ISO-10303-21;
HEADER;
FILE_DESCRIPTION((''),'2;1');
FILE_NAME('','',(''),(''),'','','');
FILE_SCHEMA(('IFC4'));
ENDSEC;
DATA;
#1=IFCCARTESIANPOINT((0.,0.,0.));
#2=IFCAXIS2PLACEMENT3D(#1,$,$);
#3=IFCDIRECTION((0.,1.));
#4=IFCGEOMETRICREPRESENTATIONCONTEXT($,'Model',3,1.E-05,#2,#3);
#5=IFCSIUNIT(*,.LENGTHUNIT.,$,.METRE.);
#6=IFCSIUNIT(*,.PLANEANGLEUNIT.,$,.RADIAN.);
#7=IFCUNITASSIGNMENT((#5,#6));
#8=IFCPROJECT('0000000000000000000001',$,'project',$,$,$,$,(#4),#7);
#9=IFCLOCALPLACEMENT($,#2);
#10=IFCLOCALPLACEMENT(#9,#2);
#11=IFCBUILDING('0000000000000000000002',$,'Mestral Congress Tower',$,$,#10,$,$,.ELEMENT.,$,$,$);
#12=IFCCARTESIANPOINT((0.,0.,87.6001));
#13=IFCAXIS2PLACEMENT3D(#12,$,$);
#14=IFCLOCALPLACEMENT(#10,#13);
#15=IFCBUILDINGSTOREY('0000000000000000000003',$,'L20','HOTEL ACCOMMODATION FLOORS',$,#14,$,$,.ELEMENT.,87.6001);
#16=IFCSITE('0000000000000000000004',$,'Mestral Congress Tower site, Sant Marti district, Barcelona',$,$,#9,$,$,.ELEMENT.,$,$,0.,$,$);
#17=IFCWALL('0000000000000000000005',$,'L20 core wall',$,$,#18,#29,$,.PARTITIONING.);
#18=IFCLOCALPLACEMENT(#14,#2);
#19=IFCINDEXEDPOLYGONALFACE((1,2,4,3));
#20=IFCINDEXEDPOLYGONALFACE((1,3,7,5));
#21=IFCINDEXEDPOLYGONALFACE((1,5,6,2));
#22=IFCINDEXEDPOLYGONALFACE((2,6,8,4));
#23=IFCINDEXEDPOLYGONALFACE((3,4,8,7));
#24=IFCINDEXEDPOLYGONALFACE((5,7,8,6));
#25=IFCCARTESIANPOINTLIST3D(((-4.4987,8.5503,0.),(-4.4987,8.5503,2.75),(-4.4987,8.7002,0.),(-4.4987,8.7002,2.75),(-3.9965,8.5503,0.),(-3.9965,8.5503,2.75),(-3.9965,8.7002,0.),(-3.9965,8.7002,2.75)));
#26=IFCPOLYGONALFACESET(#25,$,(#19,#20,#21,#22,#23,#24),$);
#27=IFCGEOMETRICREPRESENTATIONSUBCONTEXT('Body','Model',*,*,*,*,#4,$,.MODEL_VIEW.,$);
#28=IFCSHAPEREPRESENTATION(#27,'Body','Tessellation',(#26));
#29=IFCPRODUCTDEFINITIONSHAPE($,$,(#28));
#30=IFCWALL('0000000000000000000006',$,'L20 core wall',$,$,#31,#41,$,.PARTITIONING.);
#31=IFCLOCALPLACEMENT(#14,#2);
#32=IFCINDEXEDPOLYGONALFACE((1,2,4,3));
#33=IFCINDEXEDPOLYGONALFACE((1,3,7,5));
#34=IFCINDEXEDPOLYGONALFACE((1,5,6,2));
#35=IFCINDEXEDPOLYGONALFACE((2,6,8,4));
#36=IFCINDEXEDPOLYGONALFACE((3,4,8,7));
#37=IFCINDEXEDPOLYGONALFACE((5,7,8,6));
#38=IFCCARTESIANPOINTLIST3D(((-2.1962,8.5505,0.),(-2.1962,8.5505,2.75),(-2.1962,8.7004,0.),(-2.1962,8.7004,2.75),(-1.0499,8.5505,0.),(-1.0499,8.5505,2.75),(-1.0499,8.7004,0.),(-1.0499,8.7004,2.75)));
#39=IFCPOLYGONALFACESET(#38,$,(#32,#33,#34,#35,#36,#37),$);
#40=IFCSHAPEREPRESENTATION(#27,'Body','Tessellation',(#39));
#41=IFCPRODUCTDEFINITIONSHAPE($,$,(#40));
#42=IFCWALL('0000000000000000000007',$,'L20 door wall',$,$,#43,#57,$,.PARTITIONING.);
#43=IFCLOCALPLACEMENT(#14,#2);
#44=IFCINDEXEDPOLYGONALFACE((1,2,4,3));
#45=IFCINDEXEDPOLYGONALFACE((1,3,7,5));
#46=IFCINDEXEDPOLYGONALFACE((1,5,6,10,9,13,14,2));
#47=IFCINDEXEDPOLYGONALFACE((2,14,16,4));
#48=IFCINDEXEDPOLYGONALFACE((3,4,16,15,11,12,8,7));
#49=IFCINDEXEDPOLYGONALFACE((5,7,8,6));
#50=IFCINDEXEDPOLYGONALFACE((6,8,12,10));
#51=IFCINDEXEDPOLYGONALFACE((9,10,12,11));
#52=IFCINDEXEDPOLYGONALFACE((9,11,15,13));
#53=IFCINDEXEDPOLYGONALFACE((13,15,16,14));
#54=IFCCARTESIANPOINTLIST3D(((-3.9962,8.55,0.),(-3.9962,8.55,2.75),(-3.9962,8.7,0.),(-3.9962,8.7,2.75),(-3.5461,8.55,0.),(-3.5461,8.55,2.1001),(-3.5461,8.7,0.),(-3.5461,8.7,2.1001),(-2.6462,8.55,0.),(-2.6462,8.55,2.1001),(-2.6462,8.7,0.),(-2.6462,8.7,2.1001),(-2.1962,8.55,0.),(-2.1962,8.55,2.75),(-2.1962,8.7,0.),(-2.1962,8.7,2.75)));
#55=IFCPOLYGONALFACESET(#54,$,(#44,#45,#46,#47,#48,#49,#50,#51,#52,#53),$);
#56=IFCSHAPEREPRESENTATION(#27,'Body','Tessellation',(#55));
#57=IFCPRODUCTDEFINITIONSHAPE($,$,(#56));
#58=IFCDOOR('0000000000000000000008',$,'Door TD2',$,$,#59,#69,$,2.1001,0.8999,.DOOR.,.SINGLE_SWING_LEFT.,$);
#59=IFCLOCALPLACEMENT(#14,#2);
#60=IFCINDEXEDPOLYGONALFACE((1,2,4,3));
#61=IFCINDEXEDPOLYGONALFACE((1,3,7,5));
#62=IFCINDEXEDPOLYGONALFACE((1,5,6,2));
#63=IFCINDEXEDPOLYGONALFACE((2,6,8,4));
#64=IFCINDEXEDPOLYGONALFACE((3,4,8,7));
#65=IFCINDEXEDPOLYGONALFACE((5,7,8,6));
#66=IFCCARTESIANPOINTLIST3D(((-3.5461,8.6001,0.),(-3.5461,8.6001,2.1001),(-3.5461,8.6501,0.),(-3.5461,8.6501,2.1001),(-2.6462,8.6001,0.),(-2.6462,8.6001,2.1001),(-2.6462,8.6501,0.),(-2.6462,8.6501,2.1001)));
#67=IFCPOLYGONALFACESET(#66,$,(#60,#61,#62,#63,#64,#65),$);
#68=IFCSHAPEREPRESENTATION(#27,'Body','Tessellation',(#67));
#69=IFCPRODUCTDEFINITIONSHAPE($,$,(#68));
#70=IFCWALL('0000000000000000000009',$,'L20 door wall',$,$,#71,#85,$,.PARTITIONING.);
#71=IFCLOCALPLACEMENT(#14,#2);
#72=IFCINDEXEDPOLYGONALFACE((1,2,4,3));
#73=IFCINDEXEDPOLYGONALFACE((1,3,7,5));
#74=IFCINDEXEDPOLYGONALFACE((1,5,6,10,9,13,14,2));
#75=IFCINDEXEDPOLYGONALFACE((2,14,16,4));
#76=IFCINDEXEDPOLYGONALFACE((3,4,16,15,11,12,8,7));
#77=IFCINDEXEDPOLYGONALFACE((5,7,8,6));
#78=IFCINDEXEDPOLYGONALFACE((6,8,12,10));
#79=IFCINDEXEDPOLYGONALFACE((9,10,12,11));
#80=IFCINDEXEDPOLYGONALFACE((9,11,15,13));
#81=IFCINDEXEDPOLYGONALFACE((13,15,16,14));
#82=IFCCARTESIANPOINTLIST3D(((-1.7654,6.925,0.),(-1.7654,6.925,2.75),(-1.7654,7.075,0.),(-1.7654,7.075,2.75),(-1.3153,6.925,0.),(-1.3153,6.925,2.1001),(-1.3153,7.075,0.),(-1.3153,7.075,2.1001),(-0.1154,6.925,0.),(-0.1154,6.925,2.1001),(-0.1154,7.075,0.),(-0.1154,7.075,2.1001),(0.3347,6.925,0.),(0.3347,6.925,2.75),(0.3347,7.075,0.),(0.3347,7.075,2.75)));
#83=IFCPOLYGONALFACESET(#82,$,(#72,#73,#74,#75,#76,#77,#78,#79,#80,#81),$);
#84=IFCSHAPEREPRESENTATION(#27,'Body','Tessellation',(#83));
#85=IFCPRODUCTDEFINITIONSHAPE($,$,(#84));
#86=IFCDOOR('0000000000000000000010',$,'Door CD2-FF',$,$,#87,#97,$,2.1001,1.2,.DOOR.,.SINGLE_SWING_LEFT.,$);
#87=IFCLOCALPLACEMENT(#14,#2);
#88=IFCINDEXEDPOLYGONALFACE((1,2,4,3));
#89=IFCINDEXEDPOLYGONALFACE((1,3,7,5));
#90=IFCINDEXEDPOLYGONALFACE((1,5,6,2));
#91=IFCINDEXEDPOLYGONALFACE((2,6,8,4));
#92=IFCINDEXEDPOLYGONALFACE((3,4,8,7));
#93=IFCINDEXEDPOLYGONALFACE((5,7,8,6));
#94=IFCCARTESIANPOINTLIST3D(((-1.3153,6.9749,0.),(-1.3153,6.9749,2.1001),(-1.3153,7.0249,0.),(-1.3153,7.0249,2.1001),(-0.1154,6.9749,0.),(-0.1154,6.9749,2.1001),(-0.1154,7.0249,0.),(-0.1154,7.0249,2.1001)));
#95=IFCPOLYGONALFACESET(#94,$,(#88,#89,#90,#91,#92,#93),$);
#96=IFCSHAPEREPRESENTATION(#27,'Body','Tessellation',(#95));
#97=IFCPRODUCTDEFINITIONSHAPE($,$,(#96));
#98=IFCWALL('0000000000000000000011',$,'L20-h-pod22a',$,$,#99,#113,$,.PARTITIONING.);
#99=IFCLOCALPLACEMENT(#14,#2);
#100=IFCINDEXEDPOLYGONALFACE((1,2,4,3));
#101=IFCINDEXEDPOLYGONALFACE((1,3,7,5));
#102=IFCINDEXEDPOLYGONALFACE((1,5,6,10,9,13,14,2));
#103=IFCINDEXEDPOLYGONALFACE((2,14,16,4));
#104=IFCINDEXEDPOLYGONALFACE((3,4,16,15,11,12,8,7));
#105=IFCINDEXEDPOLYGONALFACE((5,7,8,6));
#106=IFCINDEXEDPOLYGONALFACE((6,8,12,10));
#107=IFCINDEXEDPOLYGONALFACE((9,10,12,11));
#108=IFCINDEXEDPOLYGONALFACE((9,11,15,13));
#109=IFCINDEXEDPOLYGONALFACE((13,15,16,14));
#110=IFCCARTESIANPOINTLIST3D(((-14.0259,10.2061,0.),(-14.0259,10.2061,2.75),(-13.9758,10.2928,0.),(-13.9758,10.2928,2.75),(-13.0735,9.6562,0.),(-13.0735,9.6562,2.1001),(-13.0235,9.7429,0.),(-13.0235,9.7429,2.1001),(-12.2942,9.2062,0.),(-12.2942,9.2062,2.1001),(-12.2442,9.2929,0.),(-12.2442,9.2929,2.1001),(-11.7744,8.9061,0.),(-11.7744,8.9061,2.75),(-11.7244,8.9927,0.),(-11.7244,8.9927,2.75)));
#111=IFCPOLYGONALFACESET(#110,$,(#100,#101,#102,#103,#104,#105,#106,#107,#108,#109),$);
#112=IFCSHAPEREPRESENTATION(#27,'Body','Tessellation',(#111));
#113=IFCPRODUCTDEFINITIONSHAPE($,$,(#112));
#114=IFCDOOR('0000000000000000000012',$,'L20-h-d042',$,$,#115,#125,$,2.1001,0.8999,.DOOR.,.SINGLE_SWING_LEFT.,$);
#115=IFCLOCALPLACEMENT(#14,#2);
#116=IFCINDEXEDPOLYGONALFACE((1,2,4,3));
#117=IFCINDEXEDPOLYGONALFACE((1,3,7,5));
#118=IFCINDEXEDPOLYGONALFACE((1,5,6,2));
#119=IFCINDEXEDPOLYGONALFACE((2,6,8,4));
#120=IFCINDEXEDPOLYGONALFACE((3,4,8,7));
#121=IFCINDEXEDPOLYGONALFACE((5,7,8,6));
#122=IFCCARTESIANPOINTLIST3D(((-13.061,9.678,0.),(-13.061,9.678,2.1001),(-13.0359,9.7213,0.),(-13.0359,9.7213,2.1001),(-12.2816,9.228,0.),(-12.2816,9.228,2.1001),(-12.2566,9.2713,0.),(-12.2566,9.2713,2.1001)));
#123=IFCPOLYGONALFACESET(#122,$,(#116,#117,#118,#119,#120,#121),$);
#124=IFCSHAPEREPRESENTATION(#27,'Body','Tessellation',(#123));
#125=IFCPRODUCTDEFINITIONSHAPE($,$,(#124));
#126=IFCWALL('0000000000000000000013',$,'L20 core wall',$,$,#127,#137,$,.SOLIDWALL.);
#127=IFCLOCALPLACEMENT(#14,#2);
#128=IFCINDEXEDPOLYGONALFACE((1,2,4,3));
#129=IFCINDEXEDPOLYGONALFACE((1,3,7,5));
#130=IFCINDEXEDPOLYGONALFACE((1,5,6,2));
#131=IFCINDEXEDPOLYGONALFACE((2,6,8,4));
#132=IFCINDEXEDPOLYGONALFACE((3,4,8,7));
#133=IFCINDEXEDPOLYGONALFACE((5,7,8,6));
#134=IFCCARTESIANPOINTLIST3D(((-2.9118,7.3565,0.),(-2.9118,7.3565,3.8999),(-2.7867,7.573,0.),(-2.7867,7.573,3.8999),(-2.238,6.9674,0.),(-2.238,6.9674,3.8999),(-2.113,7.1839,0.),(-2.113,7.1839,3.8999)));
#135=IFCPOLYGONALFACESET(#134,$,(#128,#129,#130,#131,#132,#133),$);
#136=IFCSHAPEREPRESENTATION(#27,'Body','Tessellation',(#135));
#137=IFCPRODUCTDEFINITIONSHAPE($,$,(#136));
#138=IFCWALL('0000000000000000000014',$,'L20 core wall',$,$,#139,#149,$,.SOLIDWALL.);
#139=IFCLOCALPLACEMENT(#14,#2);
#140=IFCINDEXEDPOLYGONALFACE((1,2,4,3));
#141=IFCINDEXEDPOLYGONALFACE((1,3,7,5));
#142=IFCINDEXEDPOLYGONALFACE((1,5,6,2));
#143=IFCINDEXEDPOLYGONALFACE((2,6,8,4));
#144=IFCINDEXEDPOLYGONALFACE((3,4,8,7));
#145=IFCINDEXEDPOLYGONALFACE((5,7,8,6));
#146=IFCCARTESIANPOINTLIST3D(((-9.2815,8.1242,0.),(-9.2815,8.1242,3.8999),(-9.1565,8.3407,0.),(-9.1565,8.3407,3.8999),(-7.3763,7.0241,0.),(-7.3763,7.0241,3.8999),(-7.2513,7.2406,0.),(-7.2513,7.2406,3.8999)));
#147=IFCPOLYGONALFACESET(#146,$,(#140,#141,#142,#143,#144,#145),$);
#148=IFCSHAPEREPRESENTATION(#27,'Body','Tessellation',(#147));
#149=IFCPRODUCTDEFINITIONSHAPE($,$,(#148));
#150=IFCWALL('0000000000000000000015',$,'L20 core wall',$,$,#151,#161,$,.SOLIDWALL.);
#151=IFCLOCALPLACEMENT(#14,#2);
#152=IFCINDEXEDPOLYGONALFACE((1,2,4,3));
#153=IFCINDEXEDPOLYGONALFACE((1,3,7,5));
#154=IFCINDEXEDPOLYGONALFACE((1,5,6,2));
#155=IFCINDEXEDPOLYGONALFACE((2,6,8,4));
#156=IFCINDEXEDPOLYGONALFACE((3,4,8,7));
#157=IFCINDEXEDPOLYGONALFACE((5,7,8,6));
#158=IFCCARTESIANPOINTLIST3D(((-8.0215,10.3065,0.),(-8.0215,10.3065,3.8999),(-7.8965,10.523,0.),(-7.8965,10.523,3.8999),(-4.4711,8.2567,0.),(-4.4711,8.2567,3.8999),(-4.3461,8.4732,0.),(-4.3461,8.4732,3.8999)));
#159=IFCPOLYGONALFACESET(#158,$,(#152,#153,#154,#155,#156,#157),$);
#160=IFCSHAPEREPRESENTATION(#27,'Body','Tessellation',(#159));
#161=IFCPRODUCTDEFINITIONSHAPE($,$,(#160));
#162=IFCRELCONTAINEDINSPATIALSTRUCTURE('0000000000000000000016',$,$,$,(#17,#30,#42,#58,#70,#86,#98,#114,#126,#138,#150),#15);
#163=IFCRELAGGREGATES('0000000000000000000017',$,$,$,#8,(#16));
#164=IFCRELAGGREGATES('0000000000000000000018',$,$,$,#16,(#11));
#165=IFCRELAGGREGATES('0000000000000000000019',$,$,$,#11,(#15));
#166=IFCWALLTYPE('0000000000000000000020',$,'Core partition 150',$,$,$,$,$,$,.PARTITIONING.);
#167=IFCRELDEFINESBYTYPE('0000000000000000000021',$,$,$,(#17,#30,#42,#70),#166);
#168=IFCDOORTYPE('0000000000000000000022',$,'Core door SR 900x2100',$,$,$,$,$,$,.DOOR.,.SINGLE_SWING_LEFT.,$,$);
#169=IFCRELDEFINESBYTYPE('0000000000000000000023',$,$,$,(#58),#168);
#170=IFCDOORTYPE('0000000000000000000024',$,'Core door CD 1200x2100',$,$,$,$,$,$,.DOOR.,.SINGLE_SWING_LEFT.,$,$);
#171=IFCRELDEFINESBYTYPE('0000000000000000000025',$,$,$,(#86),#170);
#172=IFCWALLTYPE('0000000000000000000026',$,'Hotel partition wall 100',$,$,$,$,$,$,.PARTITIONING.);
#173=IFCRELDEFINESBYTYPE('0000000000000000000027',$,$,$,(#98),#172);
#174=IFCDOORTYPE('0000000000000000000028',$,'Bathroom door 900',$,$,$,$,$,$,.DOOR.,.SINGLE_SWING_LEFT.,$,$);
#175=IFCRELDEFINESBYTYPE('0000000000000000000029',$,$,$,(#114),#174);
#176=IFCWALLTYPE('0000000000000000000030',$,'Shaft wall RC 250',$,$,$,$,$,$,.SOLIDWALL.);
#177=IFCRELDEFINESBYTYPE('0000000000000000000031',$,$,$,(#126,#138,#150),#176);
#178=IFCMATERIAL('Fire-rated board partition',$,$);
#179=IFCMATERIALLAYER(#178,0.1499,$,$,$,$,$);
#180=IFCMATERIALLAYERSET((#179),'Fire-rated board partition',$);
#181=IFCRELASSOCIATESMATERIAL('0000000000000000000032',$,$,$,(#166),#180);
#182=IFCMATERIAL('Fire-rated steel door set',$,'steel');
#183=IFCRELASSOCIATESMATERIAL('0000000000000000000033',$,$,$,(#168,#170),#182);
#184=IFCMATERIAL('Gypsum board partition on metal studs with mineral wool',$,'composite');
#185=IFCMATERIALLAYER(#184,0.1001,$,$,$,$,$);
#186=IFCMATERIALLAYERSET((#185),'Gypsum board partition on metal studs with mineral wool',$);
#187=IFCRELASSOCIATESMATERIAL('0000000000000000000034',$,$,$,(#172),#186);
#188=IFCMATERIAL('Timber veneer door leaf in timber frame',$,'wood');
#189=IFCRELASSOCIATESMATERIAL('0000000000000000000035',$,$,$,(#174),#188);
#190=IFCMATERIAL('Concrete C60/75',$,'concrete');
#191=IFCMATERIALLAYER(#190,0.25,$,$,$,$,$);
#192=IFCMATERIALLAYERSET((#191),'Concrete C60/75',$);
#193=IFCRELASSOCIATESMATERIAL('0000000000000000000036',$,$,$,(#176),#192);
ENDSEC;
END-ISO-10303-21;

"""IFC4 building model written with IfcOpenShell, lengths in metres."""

from ifc_helpers import new_model, si_unit, direction, frame, frame_2d, origin, place, context, subcontext, project, spatial, rectangle, extrude, material, layer, layer_set, type_object, element, fill, save


model = new_model("IFC4")

# Units and contexts
model_context = context("Model", 3, precision=1e-05, world=origin(), true_north=direction((0.0, 1.0)))
body_context = subcontext(model_context, "Body", "Model", "MODEL_VIEW")
ifc_project = project(units=[si_unit("LENGTHUNIT", "METRE"), si_unit("PLANEANGLEUNIT", "RADIAN")], contexts=[model_context])

# Site, building, storey
site_placement = place(None, origin())
site = spatial("IfcSite", under=ifc_project, at=site_placement, Name="Mestral Congress Tower site, Sant Marti district, Barcelona", CompositionType="ELEMENT", RefElevation=0.0)
building_placement = place(site_placement, origin())
building = spatial("IfcBuilding", under=site, at=building_placement, Name="Mestral Congress Tower", CompositionType="ELEMENT")
storey_placement = place(building_placement, frame((0.0, 0.0, 87.6001)))
storey = spatial("IfcBuildingStorey", under=building, at=storey_placement, Name="L20", Description="HOTEL ACCOMMODATION FLOORS", CompositionType="ELEMENT", Elevation=87.6001)

# Walls
ifc_material_1 = material(Name="Fire-rated board partition")
ifc_layer_1 = layer(ifc_material_1, 0.1499)
ifc_layer_set_1 = layer_set([ifc_layer_1], Name="Fire-rated board partition")
wall_type_1 = type_object("IfcWallType", Name="Core partition 150", PredefinedType="PARTITIONING", material=ifc_layer_set_1)
wall_1_placement = place(storey_placement, frame((-3.9966, 8.6252, 0.0), z_axis=(0.0, 0.0, 1.0), x_axis=(-1.0, 0.0, 0.0)))
element("IfcWall", 1, at=wall_1_placement, inside=storey, type_object=wall_type_1, Name="L20 core wall", PredefinedType="PARTITIONING", context=body_context, shape_type="SweptSolid", body=[
    extrude(rectangle(XDim=0.5022, YDim=0.1499, at=frame_2d((0.251, 0.0))), origin(), (0.0, 0.0, 1.0), 2.75),
])
wall_2_placement = place(storey_placement, frame((-2.1963, 8.6255, 0.0), z_axis=(0.0, 0.0, 1.0), x_axis=(1.0, 0.0, 0.0)))
element("IfcWall", 2, at=wall_2_placement, inside=storey, type_object=wall_type_1, Name="L20 core wall", PredefinedType="PARTITIONING", context=body_context, shape_type="SweptSolid", body=[
    extrude(rectangle(XDim=1.1462, YDim=0.1499, at=frame_2d((0.5732, 0.0))), origin(), (0.0, 0.0, 1.0), 2.75),
])

# Walls, openings, doors
wall_3_placement = place(storey_placement, frame((-2.1963, 8.625, 0.0), z_axis=(0.0, 0.0, 1.0), x_axis=(-1.0, 0.0, 0.0)))
wall_3 = element("IfcWall", 3, at=wall_3_placement, inside=storey, type_object=wall_type_1, Name="L20 door wall", PredefinedType="PARTITIONING", context=body_context, shape_type="SweptSolid", body=[
    extrude(rectangle(XDim=1.8, YDim=0.1499, at=frame_2d((0.8999, 0.0))), origin(), (0.0, 0.0, 1.0), 2.75),
])
opening_1_placement = place(wall_3_placement, frame((0.45, 0.0, 0.0)))
opening_1 = element("IfcOpeningElement", 4, at=opening_1_placement, cuts=wall_3, PredefinedType="OPENING", context=body_context, shape_type="SweptSolid", body=[
    extrude(rectangle(XDim=0.8999, YDim=2.1001, at=frame_2d((0.45, 1.05))), frame((0.0, 0.085, 0.0), z_axis=(0.0, -1.0, 0.0), x_axis=(1.0, 0.0, 0.0)), (0.0, 0.0, 1.0), 0.1699),
])
ifc_material_2 = material(Name="Fire-rated steel door set", Category="steel")
door_type_1 = type_object("IfcDoorType", Name="Core door SR 900x2100", OperationType="SINGLE_SWING_LEFT", PredefinedType="DOOR", material=ifc_material_2)
door_1_placement = place(opening_1_placement, origin())
door_1 = element("IfcDoor", 5, at=door_1_placement, inside=storey, type_object=door_type_1, Name="Door TD2", OperationType="SINGLE_SWING_LEFT", OverallHeight=2.1001, OverallWidth=0.8999, PredefinedType="DOOR", context=body_context, shape_type="SweptSolid", body=[
    extrude(rectangle(XDim=0.8999, YDim=2.1001, at=frame_2d((0.45, 1.05))), frame((0.0, 0.0249, 0.0), z_axis=(0.0, -1.0, 0.0), x_axis=(1.0, 0.0, 0.0)), (0.0, 0.0, 1.0), 0.05),
])
fill(opening_1, door_1)
wall_4_placement = place(storey_placement, frame((-1.7654, 7.0, 0.0), z_axis=(0.0, 0.0, 1.0), x_axis=(1.0, 0.0, 0.0)))
wall_4 = element("IfcWall", 6, at=wall_4_placement, inside=storey, type_object=wall_type_1, Name="L20 door wall", PredefinedType="PARTITIONING", context=body_context, shape_type="SweptSolid", body=[
    extrude(rectangle(XDim=2.1001, YDim=0.1499, at=frame_2d((1.05, 0.0))), origin(), (0.0, 0.0, 1.0), 2.75),
])
opening_2_placement = place(wall_4_placement, frame((0.45, 0.0, 0.0)))
opening_2 = element("IfcOpeningElement", 7, at=opening_2_placement, cuts=wall_4, PredefinedType="OPENING", context=body_context, shape_type="SweptSolid", body=[
    extrude(rectangle(XDim=1.2, YDim=2.1001, at=frame_2d((0.6001, 1.05))), frame((0.0, 0.085, 0.0), z_axis=(0.0, -1.0, 0.0), x_axis=(1.0, 0.0, 0.0)), (0.0, 0.0, 1.0), 0.1699),
])
door_type_2 = type_object("IfcDoorType", Name="Core door CD 1200x2100", OperationType="SINGLE_SWING_LEFT", PredefinedType="DOOR", material=ifc_material_2)
door_2_placement = place(opening_2_placement, origin())
door_2 = element("IfcDoor", 8, at=door_2_placement, inside=storey, type_object=door_type_2, Name="Door CD2-FF", OperationType="SINGLE_SWING_LEFT", OverallHeight=2.1001, OverallWidth=1.2, PredefinedType="DOOR", context=body_context, shape_type="SweptSolid", body=[
    extrude(rectangle(XDim=1.2, YDim=2.1001, at=frame_2d((0.6001, 1.05))), frame((0.0, 0.0249, 0.0), z_axis=(0.0, -1.0, 0.0), x_axis=(1.0, 0.0, 0.0)), (0.0, 0.0, 1.0), 0.05),
])
fill(opening_2, door_2)
ifc_material_3 = material(Name="Gypsum board partition on metal studs with mineral wool", Category="composite")
ifc_layer_2 = layer(ifc_material_3, 0.1001)
ifc_layer_set_2 = layer_set([ifc_layer_2], Name="Gypsum board partition on metal studs with mineral wool")
wall_type_2 = type_object("IfcWallType", Name="Hotel partition wall 100", PredefinedType="PARTITIONING", material=ifc_layer_set_2)
wall_5_placement = place(storey_placement, frame((-11.7495, 8.9495, 0.0), z_axis=(0.0, 0.0, 1.0), x_axis=(-0.865998, 0.500048, 0.0)))
wall_5 = element("IfcWall", 9, at=wall_5_placement, inside=storey, type_object=wall_type_2, Name="L20-h-pod22a", PredefinedType="PARTITIONING", context=body_context, shape_type="SweptSolid", body=[
    extrude(rectangle(XDim=2.5999, YDim=0.1001, at=frame_2d((1.2998, 0.0))), origin(), (0.0, 0.0, 1.0), 2.75),
])
opening_3_placement = place(wall_5_placement, frame((0.6001, 0.0, 0.0)))
opening_3 = element("IfcOpeningElement", 10, at=opening_3_placement, cuts=wall_5, PredefinedType="OPENING", context=body_context, shape_type="SweptSolid", body=[
    extrude(rectangle(XDim=0.8999, YDim=2.1001, at=frame_2d((0.45, 1.05))), frame((0.0, 0.0601, 0.0), z_axis=(0.0, -1.0, 0.0), x_axis=(1.0, 0.0, 0.0)), (0.0, 0.0, 1.0), 0.1201),
])
ifc_material_4 = material(Name="Timber veneer door leaf in timber frame", Category="wood")
door_type_3 = type_object("IfcDoorType", Name="Bathroom door 900", OperationType="SINGLE_SWING_LEFT", PredefinedType="DOOR", material=ifc_material_4)
door_3_placement = place(opening_3_placement, origin())
door_3 = element("IfcDoor", 11, at=door_3_placement, inside=storey, type_object=door_type_3, Name="L20-h-d042", OperationType="SINGLE_SWING_LEFT", OverallHeight=2.1001, OverallWidth=0.8999, PredefinedType="DOOR", context=body_context, shape_type="SweptSolid", body=[
    extrude(rectangle(XDim=0.8999, YDim=2.1001, at=frame_2d((0.45, 1.05))), frame((0.0, 0.0249, 0.0), z_axis=(0.0, -1.0, 0.0), x_axis=(1.0, 0.0, 0.0)), (0.0, 0.0, 1.0), 0.05),
])
fill(opening_3, door_3)

# Walls
ifc_material_5 = material(Name="Concrete C60/75", Category="concrete")
ifc_layer_3 = layer(ifc_material_5, 0.25)
ifc_layer_set_3 = layer_set([ifc_layer_3], Name="Concrete C60/75")
wall_type_3 = type_object("IfcWallType", Name="Shaft wall RC 250", PredefinedType="SOLIDWALL", material=ifc_layer_set_3)
wall_6_placement = place(storey_placement, frame((-2.8494, 7.4648, 0.0), z_axis=(0.0, 0.0, 1.0), x_axis=(0.865956, -0.500121, 0.0)))
element("IfcWall", 12, at=wall_6_placement, inside=storey, type_object=wall_type_3, Name="L20 core wall", PredefinedType="SOLIDWALL", context=body_context, shape_type="SweptSolid", body=[
    extrude(rectangle(XDim=0.7781, YDim=0.25, at=frame_2d((0.3892, 0.0))), origin(), (0.0, 0.0, 1.0), 3.8999),
])
wall_7_placement = place(storey_placement, frame((-7.3137, 7.1323, 0.0), z_axis=(0.0, 0.0, 1.0), x_axis=(-0.866008, 0.50003, 0.0)))
element("IfcWall", 13, at=wall_7_placement, inside=storey, type_object=wall_type_3, Name="L20 core wall", PredefinedType="SOLIDWALL", context=body_context, shape_type="SweptSolid", body=[
    extrude(rectangle(XDim=2.2, YDim=0.25, at=frame_2d((1.1001, 0.0))), origin(), (0.0, 0.0, 1.0), 3.8999),
])
wall_8_placement = place(storey_placement, frame((-7.959, 10.4148, 0.0), z_axis=(0.0, 0.0, 1.0), x_axis=(0.866021, -0.500008, 0.0)))
element("IfcWall", 14, at=wall_8_placement, inside=storey, type_object=wall_type_3, Name="L20 core wall", PredefinedType="SOLIDWALL", context=body_context, shape_type="SweptSolid", body=[
    extrude(rectangle(XDim=4.0996, YDim=0.25, at=frame_2d((2.0498, 0.0))), origin(), (0.0, 0.0, 1.0), 3.8999),
])

save(model, "model.ifc")
